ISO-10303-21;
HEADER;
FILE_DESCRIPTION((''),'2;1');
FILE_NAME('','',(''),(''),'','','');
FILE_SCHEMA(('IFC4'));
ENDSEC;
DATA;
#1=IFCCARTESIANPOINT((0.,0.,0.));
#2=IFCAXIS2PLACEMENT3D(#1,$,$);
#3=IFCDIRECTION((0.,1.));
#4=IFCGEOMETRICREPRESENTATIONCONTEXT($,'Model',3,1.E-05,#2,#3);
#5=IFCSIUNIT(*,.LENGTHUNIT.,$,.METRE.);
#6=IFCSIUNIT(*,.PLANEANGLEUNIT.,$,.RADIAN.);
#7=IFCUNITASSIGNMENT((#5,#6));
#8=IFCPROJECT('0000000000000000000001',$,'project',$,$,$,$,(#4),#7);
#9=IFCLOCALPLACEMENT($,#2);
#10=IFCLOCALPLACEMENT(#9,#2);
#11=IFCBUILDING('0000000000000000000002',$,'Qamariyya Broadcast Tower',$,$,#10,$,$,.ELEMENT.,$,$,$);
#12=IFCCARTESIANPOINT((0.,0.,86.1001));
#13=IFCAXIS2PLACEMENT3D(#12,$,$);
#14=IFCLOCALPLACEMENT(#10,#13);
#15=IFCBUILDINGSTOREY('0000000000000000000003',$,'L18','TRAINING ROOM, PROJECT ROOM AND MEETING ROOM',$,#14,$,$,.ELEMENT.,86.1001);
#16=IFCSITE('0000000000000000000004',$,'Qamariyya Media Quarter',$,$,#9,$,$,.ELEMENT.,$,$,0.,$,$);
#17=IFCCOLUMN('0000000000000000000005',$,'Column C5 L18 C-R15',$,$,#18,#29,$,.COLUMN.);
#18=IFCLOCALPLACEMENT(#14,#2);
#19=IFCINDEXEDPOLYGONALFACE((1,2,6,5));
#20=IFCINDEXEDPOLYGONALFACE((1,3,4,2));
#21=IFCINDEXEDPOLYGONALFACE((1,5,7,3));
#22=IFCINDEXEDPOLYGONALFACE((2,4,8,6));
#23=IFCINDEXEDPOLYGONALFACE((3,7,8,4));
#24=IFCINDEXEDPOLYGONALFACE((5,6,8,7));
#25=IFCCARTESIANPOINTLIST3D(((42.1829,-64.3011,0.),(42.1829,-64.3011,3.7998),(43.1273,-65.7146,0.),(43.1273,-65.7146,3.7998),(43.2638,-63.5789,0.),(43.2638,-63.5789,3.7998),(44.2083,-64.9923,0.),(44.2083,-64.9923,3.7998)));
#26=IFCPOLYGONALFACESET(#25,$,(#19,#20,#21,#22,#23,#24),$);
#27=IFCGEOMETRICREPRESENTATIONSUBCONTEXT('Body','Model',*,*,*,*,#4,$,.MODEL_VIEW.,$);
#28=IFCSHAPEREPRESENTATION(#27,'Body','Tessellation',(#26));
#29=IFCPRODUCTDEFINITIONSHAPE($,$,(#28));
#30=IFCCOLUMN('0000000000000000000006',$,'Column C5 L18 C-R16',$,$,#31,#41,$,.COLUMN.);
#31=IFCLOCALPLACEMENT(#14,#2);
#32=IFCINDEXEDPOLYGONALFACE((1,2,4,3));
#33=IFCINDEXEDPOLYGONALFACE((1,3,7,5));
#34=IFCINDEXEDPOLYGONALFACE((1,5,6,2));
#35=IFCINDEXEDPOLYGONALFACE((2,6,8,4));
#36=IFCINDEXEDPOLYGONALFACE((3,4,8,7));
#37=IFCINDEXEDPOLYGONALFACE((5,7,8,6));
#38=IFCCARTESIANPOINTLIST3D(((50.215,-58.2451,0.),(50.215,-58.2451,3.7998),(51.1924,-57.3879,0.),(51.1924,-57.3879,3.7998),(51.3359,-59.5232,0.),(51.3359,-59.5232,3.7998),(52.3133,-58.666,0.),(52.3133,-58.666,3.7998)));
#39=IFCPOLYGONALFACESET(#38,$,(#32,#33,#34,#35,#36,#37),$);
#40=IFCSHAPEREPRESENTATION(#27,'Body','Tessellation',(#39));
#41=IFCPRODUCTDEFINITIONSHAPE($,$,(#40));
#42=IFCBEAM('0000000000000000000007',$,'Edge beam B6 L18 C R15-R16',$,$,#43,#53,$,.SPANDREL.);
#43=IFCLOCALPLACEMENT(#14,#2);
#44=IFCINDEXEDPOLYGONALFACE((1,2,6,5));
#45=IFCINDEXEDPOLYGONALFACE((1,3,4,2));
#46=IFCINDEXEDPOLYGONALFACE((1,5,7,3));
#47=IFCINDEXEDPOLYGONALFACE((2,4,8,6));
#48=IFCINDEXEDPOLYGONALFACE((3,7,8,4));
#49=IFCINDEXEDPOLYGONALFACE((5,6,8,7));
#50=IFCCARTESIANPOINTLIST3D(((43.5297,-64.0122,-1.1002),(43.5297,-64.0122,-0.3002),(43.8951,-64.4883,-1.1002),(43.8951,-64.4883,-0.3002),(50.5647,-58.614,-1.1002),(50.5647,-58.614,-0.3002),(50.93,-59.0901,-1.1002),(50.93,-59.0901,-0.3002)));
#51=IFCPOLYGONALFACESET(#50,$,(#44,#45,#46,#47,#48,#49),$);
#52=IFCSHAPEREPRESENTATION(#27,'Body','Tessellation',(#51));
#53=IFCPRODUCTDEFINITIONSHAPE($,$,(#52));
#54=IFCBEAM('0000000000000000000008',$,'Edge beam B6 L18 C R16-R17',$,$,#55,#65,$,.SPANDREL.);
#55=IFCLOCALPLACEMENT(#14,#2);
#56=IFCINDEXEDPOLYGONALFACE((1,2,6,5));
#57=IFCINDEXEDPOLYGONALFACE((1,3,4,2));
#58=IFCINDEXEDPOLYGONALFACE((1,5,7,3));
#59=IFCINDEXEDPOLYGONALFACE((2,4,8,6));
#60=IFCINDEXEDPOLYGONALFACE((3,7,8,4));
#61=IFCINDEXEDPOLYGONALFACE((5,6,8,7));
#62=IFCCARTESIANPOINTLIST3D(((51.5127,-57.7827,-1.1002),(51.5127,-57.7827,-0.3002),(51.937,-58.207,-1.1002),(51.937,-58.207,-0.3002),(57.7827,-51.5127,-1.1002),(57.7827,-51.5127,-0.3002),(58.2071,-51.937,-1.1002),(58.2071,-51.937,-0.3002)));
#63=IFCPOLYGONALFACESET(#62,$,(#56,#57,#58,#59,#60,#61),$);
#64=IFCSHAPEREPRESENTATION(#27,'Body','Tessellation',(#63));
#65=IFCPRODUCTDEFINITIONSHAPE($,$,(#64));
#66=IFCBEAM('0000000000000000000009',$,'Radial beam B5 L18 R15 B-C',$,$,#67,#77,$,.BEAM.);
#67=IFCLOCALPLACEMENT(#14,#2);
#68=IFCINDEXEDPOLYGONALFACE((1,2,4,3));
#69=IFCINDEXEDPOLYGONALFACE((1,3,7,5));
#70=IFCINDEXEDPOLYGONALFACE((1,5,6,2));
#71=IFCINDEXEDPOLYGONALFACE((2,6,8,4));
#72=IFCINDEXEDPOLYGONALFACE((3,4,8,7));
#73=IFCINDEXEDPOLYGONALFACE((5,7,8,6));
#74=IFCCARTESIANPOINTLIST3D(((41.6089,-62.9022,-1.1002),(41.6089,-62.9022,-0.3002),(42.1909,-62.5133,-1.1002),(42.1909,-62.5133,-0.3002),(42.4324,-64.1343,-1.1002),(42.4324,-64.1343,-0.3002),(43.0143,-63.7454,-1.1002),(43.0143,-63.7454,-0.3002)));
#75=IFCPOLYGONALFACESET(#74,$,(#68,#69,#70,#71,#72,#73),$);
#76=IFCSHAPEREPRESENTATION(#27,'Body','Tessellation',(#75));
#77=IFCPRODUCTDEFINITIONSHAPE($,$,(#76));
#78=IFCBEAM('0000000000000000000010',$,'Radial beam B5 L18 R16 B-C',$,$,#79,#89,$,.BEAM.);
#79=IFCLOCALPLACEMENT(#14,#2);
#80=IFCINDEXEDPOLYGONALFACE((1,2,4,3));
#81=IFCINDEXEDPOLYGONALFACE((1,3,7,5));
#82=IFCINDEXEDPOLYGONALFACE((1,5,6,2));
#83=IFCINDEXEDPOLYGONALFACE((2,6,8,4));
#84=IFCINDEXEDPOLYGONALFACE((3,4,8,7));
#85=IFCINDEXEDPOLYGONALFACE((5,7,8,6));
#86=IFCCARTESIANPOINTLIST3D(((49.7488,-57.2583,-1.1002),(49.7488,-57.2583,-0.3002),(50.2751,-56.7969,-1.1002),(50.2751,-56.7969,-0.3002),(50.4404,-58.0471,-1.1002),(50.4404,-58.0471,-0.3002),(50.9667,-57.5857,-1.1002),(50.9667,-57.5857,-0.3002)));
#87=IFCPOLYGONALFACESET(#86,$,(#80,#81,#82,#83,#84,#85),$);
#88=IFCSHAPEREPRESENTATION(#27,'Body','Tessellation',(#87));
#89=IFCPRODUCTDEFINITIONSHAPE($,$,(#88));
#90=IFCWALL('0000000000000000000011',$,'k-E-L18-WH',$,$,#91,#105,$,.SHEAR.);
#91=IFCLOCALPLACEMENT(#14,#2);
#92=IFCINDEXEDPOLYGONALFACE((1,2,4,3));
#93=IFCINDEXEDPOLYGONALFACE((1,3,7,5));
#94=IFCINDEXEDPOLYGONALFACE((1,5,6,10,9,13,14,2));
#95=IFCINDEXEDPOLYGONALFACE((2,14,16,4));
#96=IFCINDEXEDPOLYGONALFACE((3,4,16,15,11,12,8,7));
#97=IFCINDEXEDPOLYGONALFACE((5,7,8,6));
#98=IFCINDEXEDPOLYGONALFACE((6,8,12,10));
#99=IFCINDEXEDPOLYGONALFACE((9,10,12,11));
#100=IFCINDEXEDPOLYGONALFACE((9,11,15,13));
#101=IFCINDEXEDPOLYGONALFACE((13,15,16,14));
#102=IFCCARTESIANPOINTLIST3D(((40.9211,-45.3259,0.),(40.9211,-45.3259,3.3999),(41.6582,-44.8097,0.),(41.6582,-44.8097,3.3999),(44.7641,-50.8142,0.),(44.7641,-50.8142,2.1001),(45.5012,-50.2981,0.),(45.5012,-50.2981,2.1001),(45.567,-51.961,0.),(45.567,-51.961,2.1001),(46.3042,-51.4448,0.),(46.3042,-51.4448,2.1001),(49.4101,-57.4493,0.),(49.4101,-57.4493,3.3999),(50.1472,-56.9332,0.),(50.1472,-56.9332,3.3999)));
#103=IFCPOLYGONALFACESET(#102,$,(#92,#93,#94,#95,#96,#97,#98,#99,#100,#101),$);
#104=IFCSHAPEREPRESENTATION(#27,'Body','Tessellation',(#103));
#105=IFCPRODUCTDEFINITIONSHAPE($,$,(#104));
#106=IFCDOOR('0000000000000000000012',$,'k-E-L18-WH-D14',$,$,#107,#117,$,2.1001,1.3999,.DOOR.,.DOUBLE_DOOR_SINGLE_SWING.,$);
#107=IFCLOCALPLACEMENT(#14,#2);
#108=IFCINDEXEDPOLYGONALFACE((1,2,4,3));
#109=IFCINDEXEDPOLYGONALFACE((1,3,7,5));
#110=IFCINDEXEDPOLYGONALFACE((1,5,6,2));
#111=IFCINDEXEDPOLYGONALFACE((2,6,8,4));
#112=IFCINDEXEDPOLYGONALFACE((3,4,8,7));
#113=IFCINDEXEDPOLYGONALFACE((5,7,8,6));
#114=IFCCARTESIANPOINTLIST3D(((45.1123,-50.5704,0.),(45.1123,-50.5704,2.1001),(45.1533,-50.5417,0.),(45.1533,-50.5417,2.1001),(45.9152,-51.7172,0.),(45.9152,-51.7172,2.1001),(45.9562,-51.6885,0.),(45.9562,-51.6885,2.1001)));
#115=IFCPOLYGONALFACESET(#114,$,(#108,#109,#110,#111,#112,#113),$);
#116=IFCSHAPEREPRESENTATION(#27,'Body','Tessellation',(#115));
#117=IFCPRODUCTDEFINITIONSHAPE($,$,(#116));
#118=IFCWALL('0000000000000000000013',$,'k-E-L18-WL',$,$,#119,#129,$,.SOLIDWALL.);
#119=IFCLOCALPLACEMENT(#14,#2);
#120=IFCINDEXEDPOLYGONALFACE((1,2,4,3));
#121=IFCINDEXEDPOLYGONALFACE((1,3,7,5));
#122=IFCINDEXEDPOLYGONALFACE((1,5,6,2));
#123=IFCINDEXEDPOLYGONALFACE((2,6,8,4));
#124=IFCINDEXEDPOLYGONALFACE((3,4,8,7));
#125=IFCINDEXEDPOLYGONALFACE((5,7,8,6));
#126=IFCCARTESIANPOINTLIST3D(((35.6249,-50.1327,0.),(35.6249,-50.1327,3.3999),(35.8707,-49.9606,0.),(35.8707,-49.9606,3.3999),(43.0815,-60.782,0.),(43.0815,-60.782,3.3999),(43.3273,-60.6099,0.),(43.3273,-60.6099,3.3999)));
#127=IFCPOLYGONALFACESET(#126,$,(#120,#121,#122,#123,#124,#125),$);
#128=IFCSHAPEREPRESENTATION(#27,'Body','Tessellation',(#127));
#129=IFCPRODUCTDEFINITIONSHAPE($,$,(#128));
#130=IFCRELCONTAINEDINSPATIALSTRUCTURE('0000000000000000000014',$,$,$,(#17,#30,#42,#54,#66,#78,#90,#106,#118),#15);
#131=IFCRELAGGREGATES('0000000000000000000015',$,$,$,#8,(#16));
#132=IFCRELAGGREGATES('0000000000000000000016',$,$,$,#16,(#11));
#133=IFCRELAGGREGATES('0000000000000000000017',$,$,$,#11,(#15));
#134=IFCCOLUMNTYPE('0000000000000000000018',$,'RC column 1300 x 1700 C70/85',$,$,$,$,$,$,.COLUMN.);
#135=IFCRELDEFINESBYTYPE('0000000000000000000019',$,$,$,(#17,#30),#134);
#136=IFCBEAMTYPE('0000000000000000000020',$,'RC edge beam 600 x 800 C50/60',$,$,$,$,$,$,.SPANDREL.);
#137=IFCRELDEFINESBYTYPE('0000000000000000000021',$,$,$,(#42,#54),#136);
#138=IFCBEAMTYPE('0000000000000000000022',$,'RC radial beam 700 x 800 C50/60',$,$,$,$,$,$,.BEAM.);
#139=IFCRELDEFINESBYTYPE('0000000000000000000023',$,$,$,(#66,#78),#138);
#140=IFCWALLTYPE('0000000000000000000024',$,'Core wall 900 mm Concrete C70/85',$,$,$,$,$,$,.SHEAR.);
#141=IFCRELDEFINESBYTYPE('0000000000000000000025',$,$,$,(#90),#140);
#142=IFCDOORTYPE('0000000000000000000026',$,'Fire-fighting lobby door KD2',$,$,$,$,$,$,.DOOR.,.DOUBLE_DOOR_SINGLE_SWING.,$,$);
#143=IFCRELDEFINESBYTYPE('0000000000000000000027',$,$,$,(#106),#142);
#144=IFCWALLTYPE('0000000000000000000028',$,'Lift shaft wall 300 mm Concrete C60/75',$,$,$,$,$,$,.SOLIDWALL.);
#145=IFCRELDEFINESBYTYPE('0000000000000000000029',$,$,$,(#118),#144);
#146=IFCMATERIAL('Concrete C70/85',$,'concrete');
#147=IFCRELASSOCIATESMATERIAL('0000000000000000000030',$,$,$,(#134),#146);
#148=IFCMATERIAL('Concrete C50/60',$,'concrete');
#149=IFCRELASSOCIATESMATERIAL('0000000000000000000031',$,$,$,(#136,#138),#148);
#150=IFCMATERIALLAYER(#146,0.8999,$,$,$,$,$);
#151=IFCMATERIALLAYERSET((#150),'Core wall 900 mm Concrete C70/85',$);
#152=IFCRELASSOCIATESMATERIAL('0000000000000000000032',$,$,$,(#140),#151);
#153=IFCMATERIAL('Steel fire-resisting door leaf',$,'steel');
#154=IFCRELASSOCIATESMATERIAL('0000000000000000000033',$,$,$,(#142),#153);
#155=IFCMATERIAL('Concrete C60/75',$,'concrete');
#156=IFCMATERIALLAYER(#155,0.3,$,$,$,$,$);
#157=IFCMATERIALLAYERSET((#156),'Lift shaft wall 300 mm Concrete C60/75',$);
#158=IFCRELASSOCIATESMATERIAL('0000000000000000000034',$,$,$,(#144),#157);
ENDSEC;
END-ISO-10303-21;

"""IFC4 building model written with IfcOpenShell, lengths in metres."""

from ifc_helpers import new_model, si_unit, direction, frame, frame_2d, origin, origin_2d, place, context, subcontext, project, spatial, rectangle, extrude, material, layer, layer_set, material_profile, profile_set, type_object, element, fill, save


model = new_model("IFC4")

# Units and contexts
model_context = context("Model", 3, precision=1e-05, world=origin(), true_north=direction((0.0, 1.0)))
body_context = subcontext(model_context, "Body", "Model", "MODEL_VIEW")
ifc_project = project(units=[si_unit("LENGTHUNIT", "METRE"), si_unit("PLANEANGLEUNIT", "RADIAN")], contexts=[model_context])

# Site, building, storey
site_placement = place(None, origin())
site = spatial("IfcSite", under=ifc_project, at=site_placement, Name="Qamariyya Media Quarter", CompositionType="ELEMENT", RefElevation=0.0)
building_placement = place(site_placement, origin())
building = spatial("IfcBuilding", under=site, at=building_placement, Name="Qamariyya Broadcast Tower", CompositionType="ELEMENT")
storey_placement = place(building_placement, frame((0.0, 0.0, 86.1001)))
storey = spatial("IfcBuildingStorey", under=building, at=storey_placement, Name="L18", Description="TRAINING ROOM, PROJECT ROOM AND MEETING ROOM", CompositionType="ELEMENT", Elevation=86.1001)

# Columns
ifc_material_1 = material(Name="Concrete C70/85", Category="concrete")
ifc_material_profile_1 = material_profile(ifc_material_1, rectangle(XDim=1.3, YDim=1.7, at=origin_2d()))
ifc_profile_set_1 = profile_set([ifc_material_profile_1], Name="Concrete C70/85")
column_type = type_object("IfcColumnType", Name="RC column 1300 x 1700 C70/85", PredefinedType="COLUMN", material=ifc_profile_set_1)
for number, where, z_axis, x_axis, name in (
    (1, (43.1956, -64.6467, 0.0), (0.0, 0.0, 1.0), (0.83147, 0.55557, 0.0), "Column C5 L18 C-R15"),
    (2, (51.2642, -58.4556, 0.0), (0.0, 0.0, 1.0), (0.75184, 0.659346, 0.0), "Column C5 L18 C-R16"),
):
    element("IfcColumn", number, at=place(storey_placement, frame(where, z_axis=z_axis, x_axis=x_axis)), inside=storey, type_object=column_type, Name=name, PredefinedType="COLUMN", context=body_context, shape_type="SweptSolid", body=[
        extrude(rectangle(XDim=1.3, YDim=1.7, at=origin_2d()), origin(), (0.0, 0.0, 1.0), 3.7998),
    ])

# Beams
ifc_material_2 = material(Name="Concrete C50/60", Category="concrete")
ifc_material_profile_2 = material_profile(ifc_material_2, rectangle(XDim=0.6001, YDim=0.8, at=origin_2d()))
ifc_profile_set_2 = profile_set([ifc_material_profile_2], Name="Concrete C50/60")
beam_type_1 = type_object("IfcBeamType", Name="RC edge beam 600 x 800 C50/60", PredefinedType="SPANDREL", material=ifc_profile_set_2)
beam_1_placement = place(storey_placement, frame((43.7124, -64.2502, -0.7002), z_axis=(0.793347, 0.60877, 0.0), x_axis=(-0.60877, 0.793347, 0.0)))
element("IfcBeam", 3, at=beam_1_placement, inside=storey, type_object=beam_type_1, Name="Edge beam B6 L18 C R15-R16", PredefinedType="SPANDREL", context=body_context, shape_type="SweptSolid", body=[
    extrude(rectangle(XDim=0.6001, YDim=0.8, at=origin_2d()), origin(), (0.0, 0.0, 1.0), 8.8674),
])
beam_2_placement = place(storey_placement, frame((51.7249, -57.9949, -0.7002), z_axis=(0.707107, 0.707107, 0.0), x_axis=(-0.707107, 0.707107, 0.0)))
element("IfcBeam", 4, at=beam_2_placement, inside=storey, type_object=beam_type_1, Name="Edge beam B6 L18 C R16-R17", PredefinedType="SPANDREL", context=body_context, shape_type="SweptSolid", body=[
    extrude(rectangle(XDim=0.6001, YDim=0.8, at=origin_2d()), origin(), (0.0, 0.0, 1.0), 8.8672),
])
ifc_material_profile_3 = material_profile(ifc_material_2, rectangle(XDim=0.7, YDim=0.8, at=origin_2d()))
ifc_profile_set_3 = profile_set([ifc_material_profile_3], Name="Concrete C50/60")
beam_type_2 = type_object("IfcBeamType", Name="RC radial beam 700 x 800 C50/60", PredefinedType="BEAM", material=ifc_profile_set_3)
beam_3_placement = place(storey_placement, frame((41.8999, -62.7078, -0.7002), z_axis=(0.55565, -0.831416, 0.0), x_axis=(0.831416, 0.55565, 0.0)))
element("IfcBeam", 5, at=beam_3_placement, inside=storey, type_object=beam_type_2, Name="Radial beam B5 L18 R15 B-C", PredefinedType="BEAM", context=body_context, shape_type="SweptSolid", body=[
    extrude(rectangle(XDim=0.7, YDim=0.8, at=origin_2d()), origin(), (0.0, 0.0, 1.0), 1.4819),
])
beam_4_placement = place(storey_placement, frame((50.012, -57.0276, -0.7002), z_axis=(0.659279, -0.751899, 0.0), x_axis=(0.751899, 0.659279, 0.0)))
element("IfcBeam", 6, at=beam_4_placement, inside=storey, type_object=beam_type_2, Name="Radial beam B5 L18 R16 B-C", PredefinedType="BEAM", context=body_context, shape_type="SweptSolid", body=[
    extrude(rectangle(XDim=0.7, YDim=0.8, at=origin_2d()), origin(), (0.0, 0.0, 1.0), 1.0491),
])

# Wall, opening, door
ifc_layer_1 = layer(ifc_material_1, 0.8999)
ifc_layer_set_1 = layer_set([ifc_layer_1], Name="Core wall 900 mm Concrete C70/85")
wall_type_1 = type_object("IfcWallType", Name="Core wall 900 mm Concrete C70/85", PredefinedType="SHEAR", material=ifc_layer_set_1)
wall_1_placement = place(storey_placement, frame((49.7786, -57.1912, 0.0), z_axis=(0.0, 0.0, 1.0), x_axis=(-0.573577, 0.819151, 0.0)))
wall_1 = element("IfcWall", 7, at=wall_1_placement, inside=storey, type_object=wall_type_1, Name="k-E-L18-WH", PredefinedType="SHEAR", context=body_context, shape_type="SweptSolid", body=[
    extrude(rectangle(XDim=14.8, YDim=0.8999, at=frame_2d((7.3999, 0.0))), origin(), (0.0, 0.0, 1.0), 3.3999),
])
opening_placement = place(wall_1_placement, frame((6.7, 0.0, 0.0)))
opening = element("IfcOpeningElement", 8, at=opening_placement, cuts=wall_1, PredefinedType="OPENING", context=body_context, shape_type="SweptSolid", body=[
    extrude(rectangle(XDim=1.3999, YDim=2.1001, at=frame_2d((0.7, 1.05))), frame((0.0, 0.46, 0.0), z_axis=(0.0, -1.0, 0.0), x_axis=(1.0, 0.0, 0.0)), (0.0, 0.0, 1.0), 0.9199),
])
ifc_material_3 = material(Name="Steel fire-resisting door leaf", Category="steel")
door_type = type_object("IfcDoorType", Name="Fire-fighting lobby door KD2", OperationType="DOUBLE_DOOR_SINGLE_SWING", PredefinedType="DOOR", material=ifc_material_3)
door_placement = place(opening_placement, origin())
door = element("IfcDoor", 9, at=door_placement, inside=storey, type_object=door_type, Name="k-E-L18-WH-D14", OperationType="DOUBLE_DOOR_SINGLE_SWING", OverallHeight=2.1001, OverallWidth=1.3999, PredefinedType="DOOR", context=body_context, shape_type="SweptSolid", body=[
    extrude(rectangle(XDim=1.3999, YDim=2.1001, at=frame_2d((0.7, 1.05))), frame((0.0, 0.0249, 0.0), z_axis=(0.0, -1.0, 0.0), x_axis=(1.0, 0.0, 0.0)), (0.0, 0.0, 1.0), 0.05),
])
fill(opening, door)

# Wall
ifc_material_4 = material(Name="Concrete C60/75", Category="concrete")
ifc_layer_2 = layer(ifc_material_4, 0.3)
ifc_layer_set_2 = layer_set([ifc_layer_2], Name="Lift shaft wall 300 mm Concrete C60/75")
wall_type_2 = type_object("IfcWallType", Name="Lift shaft wall 300 mm Concrete C60/75", PredefinedType="SOLIDWALL", material=ifc_layer_set_2)
wall_2_placement = place(storey_placement, frame((43.2043, -60.6958, 0.0), z_axis=(0.0, 0.0, 1.0), x_axis=(-0.573572, 0.819155, 0.0)))
element("IfcWall", 10, at=wall_2_placement, inside=storey, type_object=wall_type_2, Name="k-E-L18-WL", PredefinedType="SOLIDWALL", context=body_context, shape_type="SweptSolid", body=[
    extrude(rectangle(XDim=13.0002, YDim=0.3, at=frame_2d((6.5, 0.0))), origin(), (0.0, 0.0, 1.0), 3.3999),
])

save(model, "model.ifc")
